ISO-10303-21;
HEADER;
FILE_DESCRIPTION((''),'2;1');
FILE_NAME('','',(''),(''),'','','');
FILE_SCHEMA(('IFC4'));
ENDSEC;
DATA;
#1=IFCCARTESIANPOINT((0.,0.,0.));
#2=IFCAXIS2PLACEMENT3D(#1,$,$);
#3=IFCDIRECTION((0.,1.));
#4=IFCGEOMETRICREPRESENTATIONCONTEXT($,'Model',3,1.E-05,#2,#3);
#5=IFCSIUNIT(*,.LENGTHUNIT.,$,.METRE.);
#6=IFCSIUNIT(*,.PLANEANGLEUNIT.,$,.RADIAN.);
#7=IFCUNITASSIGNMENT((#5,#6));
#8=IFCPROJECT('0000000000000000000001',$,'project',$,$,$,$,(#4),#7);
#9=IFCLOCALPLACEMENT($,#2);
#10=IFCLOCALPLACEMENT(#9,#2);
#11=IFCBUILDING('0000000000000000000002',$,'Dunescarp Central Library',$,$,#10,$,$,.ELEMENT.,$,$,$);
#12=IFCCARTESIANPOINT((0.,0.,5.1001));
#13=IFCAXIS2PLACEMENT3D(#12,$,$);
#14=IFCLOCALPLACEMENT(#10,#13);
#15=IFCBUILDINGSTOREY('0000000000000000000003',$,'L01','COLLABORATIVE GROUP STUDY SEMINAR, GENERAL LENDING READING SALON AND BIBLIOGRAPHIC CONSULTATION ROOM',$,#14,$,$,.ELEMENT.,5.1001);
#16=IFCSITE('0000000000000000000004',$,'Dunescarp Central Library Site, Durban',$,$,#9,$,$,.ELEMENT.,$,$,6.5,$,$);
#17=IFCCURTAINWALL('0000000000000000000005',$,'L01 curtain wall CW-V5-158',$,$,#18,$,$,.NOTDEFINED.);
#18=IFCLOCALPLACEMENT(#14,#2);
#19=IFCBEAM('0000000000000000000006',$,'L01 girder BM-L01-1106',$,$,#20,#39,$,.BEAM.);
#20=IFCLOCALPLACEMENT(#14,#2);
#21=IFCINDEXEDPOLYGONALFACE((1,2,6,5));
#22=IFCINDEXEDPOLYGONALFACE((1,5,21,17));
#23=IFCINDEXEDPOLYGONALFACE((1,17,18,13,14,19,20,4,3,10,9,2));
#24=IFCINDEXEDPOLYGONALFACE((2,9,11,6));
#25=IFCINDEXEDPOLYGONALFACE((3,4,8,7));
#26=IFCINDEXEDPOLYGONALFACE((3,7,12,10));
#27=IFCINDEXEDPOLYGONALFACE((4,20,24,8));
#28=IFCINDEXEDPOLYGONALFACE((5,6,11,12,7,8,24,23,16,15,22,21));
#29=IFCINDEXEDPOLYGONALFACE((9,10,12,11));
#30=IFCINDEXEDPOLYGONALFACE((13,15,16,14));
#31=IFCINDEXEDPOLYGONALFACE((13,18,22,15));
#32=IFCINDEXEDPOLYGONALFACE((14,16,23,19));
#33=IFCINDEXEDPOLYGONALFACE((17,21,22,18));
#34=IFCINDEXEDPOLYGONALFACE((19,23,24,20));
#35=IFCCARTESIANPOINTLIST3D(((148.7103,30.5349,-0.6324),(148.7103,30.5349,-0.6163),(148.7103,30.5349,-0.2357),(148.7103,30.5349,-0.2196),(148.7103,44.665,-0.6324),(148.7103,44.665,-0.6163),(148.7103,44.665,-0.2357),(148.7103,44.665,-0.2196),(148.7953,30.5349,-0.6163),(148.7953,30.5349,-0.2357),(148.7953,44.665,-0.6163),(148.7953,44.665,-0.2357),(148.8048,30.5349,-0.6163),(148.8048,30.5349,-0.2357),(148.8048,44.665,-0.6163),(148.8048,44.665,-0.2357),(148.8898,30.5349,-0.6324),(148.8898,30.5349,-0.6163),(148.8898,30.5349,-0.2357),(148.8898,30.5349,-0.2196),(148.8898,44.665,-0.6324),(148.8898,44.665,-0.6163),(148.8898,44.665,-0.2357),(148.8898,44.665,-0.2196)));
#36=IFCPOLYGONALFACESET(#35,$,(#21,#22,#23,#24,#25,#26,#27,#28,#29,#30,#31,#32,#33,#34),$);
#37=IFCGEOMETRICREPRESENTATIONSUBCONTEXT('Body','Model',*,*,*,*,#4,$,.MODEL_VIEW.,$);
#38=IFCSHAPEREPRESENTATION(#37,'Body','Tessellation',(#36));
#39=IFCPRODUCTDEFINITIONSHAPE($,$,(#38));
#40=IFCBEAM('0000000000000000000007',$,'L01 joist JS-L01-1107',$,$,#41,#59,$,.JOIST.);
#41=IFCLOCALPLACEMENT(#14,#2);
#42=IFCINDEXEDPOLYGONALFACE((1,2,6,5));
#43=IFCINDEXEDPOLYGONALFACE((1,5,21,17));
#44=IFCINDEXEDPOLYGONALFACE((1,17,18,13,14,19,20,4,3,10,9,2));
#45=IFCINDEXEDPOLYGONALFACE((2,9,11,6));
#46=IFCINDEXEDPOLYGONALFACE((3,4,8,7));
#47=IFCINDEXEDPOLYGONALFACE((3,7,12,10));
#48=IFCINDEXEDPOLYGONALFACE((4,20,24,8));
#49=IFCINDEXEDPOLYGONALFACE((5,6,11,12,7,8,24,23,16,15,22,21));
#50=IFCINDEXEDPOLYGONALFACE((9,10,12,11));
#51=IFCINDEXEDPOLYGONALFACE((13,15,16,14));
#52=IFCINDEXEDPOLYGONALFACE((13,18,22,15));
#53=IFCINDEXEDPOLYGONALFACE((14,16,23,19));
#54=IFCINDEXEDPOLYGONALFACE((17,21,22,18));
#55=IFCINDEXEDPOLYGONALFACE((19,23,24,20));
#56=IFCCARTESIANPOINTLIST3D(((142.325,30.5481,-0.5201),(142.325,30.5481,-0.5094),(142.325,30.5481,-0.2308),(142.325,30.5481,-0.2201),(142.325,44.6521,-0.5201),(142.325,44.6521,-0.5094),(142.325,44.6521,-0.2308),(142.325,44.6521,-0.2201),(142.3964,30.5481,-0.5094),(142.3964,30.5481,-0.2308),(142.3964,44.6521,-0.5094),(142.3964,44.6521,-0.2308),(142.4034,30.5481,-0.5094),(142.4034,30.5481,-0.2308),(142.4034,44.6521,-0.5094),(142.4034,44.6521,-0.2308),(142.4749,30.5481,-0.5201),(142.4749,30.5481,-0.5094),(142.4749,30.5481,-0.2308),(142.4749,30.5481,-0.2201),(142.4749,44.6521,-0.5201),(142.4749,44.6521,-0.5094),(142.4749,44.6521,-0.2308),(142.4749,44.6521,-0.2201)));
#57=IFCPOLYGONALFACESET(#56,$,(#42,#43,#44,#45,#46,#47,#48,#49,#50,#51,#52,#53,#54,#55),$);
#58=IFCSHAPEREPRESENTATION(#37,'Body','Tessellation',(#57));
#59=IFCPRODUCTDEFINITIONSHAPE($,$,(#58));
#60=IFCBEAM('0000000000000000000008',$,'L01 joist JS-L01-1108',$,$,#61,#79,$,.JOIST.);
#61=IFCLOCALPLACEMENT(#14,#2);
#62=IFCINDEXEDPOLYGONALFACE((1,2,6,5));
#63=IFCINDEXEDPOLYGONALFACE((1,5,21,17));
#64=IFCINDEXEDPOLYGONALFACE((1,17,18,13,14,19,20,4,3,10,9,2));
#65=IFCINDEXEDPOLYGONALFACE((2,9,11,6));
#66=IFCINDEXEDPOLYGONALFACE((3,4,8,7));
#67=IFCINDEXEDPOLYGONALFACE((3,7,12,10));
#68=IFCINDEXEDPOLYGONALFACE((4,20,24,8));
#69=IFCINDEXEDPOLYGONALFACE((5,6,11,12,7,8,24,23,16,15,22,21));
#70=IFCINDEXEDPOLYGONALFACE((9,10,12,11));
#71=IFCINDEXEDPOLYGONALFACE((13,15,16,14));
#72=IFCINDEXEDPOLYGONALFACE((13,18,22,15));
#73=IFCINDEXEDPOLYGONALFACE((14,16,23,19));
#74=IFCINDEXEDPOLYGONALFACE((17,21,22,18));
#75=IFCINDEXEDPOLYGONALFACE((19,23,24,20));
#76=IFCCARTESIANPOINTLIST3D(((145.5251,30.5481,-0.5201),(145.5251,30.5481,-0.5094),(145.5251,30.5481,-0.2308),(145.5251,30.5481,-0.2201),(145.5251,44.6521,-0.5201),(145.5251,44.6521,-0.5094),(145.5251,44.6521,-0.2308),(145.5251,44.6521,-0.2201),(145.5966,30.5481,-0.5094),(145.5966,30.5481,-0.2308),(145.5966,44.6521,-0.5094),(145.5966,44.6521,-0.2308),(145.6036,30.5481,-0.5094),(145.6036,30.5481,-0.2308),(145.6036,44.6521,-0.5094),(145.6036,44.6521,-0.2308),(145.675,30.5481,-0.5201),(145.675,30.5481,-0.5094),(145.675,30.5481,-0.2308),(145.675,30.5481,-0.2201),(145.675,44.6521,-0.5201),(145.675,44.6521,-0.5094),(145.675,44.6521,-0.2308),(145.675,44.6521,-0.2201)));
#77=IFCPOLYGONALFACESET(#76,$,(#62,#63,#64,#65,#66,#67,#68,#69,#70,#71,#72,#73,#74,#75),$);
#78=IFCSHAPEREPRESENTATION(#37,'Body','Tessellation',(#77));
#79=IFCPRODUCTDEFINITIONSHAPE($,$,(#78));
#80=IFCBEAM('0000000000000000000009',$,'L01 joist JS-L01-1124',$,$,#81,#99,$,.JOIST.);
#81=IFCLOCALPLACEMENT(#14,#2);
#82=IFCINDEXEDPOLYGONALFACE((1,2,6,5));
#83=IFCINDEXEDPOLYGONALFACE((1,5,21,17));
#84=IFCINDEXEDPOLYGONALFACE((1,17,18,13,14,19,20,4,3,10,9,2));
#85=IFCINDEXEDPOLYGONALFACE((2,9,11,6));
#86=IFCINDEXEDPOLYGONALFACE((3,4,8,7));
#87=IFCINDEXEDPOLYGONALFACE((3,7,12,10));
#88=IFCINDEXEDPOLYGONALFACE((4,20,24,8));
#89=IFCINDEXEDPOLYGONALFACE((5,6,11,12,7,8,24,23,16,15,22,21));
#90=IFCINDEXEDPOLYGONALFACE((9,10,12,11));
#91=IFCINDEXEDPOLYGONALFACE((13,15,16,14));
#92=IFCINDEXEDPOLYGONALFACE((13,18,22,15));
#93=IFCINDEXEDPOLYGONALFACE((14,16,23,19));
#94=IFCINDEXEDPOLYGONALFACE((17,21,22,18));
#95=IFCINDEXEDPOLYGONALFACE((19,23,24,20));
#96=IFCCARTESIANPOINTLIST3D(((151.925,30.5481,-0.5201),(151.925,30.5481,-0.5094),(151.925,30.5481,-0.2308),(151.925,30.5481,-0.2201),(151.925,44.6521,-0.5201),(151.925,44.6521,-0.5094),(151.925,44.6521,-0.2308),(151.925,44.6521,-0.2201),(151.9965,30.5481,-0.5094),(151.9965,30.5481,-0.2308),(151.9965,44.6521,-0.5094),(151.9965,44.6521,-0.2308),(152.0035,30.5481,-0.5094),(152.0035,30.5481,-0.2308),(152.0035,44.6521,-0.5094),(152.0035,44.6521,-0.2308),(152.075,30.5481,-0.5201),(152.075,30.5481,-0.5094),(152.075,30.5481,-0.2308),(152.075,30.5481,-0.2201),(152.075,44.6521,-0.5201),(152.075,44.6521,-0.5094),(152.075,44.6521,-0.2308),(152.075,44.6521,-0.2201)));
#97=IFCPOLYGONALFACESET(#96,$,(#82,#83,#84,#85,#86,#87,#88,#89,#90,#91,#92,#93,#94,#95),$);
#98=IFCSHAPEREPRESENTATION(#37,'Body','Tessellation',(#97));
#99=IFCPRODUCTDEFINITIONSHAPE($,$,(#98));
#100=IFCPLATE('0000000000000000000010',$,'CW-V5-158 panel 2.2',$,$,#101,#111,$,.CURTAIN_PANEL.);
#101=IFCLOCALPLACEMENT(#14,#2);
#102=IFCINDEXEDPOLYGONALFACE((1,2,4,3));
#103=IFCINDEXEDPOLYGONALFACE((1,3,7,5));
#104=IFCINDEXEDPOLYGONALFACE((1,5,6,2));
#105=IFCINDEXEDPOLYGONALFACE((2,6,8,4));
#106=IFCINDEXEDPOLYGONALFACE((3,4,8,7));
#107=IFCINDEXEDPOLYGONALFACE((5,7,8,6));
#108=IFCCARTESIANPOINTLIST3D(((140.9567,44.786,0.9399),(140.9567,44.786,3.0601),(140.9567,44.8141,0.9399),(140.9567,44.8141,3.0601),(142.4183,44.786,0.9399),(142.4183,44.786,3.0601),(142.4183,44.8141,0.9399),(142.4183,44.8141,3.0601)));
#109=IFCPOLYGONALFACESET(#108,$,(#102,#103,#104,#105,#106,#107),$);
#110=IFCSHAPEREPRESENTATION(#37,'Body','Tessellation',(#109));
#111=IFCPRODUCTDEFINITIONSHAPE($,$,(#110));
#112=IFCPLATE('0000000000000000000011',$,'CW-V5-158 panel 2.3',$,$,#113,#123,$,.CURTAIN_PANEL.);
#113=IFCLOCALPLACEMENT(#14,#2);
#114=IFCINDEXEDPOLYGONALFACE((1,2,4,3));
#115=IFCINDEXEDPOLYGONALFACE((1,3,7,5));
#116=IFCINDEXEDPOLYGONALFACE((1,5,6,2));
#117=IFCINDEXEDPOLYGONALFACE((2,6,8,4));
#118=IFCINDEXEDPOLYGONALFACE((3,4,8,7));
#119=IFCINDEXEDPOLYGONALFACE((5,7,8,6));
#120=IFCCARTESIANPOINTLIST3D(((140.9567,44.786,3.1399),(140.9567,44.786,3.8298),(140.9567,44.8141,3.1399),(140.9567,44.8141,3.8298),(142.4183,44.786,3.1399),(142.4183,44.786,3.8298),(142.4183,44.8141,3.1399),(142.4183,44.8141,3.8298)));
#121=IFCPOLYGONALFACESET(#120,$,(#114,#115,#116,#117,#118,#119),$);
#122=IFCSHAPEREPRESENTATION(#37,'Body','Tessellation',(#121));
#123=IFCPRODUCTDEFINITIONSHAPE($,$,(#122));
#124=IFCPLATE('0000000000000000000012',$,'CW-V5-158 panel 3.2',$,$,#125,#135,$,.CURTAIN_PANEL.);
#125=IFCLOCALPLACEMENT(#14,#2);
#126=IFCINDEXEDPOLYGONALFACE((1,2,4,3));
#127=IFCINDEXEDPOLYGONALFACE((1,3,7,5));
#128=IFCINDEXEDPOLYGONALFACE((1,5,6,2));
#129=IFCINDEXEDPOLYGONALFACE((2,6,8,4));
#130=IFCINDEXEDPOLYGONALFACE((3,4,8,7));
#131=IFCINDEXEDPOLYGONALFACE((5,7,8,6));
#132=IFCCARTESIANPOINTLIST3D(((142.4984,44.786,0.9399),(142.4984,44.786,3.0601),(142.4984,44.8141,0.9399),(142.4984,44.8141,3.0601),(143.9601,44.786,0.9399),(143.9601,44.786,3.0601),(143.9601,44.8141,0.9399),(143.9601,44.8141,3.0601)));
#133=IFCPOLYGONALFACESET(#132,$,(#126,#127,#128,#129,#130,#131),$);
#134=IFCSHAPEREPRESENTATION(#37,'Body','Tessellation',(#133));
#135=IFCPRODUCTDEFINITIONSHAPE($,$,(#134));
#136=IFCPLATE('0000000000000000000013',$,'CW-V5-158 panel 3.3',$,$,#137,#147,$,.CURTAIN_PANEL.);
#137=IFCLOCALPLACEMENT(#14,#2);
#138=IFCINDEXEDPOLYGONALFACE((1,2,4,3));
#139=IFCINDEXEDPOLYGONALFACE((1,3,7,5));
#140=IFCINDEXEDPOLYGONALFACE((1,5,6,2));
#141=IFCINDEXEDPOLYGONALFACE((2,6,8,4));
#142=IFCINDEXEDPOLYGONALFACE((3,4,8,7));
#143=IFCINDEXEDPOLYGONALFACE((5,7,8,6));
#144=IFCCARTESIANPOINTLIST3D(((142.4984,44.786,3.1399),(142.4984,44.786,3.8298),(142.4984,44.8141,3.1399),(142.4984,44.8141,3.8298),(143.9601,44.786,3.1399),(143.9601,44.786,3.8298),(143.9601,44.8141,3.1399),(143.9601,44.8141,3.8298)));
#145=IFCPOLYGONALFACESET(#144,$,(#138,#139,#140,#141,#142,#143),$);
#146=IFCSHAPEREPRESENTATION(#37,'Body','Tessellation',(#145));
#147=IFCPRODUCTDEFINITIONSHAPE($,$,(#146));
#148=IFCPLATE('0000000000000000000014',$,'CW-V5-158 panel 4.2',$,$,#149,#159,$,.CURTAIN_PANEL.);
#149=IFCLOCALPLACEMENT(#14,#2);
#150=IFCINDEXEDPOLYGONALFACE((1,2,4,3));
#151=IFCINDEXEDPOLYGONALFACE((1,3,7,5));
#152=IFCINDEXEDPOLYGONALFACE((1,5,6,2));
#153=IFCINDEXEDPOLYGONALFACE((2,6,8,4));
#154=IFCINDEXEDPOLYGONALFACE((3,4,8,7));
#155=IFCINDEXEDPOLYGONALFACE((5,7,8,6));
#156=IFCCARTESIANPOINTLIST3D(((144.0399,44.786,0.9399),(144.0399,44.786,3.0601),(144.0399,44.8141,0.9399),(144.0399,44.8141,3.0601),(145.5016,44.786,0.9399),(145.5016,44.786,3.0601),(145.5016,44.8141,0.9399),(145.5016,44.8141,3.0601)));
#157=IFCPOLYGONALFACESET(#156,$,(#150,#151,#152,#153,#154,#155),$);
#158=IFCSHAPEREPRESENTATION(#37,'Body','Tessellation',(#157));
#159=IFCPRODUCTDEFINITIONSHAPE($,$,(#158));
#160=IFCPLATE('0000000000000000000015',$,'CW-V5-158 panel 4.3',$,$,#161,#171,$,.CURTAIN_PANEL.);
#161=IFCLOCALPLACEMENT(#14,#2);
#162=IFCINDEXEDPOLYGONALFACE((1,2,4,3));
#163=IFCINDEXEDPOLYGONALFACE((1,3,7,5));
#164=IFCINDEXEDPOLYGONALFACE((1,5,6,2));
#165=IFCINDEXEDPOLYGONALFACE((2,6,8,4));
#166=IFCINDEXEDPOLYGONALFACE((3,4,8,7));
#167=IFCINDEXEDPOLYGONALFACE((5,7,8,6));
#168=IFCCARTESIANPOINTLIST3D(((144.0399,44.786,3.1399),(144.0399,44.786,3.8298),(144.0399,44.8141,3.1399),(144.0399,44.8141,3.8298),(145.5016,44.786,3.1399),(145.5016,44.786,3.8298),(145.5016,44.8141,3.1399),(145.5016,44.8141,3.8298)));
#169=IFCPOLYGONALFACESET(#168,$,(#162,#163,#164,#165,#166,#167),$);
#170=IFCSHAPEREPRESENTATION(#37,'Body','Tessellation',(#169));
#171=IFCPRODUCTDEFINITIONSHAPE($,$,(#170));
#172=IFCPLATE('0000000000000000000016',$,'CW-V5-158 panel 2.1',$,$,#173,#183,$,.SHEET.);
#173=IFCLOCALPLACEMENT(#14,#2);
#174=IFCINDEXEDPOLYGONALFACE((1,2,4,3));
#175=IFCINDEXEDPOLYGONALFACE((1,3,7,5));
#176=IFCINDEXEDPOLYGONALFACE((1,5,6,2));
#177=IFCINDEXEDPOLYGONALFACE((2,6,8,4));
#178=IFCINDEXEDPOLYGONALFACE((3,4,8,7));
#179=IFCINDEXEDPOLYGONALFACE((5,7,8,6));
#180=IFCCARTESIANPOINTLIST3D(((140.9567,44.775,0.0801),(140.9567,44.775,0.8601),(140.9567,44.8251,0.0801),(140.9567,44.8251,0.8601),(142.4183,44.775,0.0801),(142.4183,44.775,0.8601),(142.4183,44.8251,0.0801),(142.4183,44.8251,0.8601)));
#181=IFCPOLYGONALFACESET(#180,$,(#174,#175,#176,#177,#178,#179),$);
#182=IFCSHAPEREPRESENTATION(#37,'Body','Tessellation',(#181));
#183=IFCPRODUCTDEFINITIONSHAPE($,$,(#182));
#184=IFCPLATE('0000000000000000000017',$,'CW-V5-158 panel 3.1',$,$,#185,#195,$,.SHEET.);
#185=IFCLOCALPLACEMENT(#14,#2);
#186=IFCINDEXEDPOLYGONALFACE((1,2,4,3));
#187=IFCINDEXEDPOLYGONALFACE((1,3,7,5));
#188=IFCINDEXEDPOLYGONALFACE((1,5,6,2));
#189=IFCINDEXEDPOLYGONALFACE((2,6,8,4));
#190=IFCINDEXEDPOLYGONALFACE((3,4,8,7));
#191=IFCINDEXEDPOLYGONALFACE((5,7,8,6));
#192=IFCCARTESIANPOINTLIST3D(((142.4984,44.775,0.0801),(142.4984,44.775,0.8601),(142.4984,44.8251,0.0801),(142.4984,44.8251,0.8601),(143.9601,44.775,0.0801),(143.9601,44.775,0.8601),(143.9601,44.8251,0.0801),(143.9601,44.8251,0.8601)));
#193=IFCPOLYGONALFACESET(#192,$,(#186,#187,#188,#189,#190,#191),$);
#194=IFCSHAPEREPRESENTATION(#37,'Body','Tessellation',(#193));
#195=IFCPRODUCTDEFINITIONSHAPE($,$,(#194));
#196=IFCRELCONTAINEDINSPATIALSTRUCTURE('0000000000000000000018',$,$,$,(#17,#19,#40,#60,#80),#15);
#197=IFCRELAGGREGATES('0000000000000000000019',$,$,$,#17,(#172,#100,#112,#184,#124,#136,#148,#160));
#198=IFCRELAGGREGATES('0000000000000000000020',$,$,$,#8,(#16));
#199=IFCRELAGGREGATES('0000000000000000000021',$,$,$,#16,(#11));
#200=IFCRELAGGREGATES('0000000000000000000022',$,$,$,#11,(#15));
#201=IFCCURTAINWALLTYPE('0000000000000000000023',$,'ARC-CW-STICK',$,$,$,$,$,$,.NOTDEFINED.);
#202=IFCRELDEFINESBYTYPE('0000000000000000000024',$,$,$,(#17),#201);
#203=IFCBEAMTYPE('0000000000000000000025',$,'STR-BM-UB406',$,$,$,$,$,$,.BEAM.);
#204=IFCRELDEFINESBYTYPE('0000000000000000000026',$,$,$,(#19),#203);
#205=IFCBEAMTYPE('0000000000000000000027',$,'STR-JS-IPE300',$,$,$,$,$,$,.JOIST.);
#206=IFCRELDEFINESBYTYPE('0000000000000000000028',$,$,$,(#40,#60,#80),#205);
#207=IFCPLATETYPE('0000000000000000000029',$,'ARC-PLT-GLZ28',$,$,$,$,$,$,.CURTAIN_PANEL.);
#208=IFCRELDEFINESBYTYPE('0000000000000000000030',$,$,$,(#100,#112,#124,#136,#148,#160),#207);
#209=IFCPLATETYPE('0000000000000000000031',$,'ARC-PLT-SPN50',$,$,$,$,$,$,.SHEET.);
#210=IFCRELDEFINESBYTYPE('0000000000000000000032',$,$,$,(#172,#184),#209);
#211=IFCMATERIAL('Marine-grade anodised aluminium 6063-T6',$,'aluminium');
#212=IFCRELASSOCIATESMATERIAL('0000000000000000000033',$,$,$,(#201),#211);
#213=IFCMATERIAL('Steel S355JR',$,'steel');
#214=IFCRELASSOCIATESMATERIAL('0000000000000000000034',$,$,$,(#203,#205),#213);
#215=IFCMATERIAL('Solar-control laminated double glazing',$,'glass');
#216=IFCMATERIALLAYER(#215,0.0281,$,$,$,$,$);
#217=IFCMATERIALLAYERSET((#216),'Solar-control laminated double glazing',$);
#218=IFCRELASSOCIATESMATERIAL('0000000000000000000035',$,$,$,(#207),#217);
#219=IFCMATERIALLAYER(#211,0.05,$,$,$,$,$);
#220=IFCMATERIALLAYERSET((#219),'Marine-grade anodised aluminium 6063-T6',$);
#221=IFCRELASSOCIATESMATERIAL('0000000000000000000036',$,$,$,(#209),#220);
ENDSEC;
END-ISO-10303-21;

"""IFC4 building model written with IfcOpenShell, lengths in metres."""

from ifc_helpers import new_model, si_unit, direction, frame, origin, origin_2d, place, context, subcontext, project, spatial, rectangle, i_section, extrude, material, layer, layer_set, material_profile, profile_set, type_object, element, aggregate, save


model = new_model("IFC4")

# Units and contexts
model_context = context("Model", 3, precision=1e-05, world=origin(), true_north=direction((0.0, 1.0)))
body_context = subcontext(model_context, "Body", "Model", "MODEL_VIEW")
ifc_project = project(units=[si_unit("LENGTHUNIT", "METRE"), si_unit("PLANEANGLEUNIT", "RADIAN")], contexts=[model_context])

# Site, building, storey
site_placement = place(None, origin())
site = spatial("IfcSite", under=ifc_project, at=site_placement, Name="Dunescarp Central Library Site, Durban", CompositionType="ELEMENT", RefElevation=6.5)
building_placement = place(site_placement, origin())
building = spatial("IfcBuilding", under=site, at=building_placement, Name="Dunescarp Central Library", CompositionType="ELEMENT")
storey_placement = place(building_placement, frame((0.0, 0.0, 5.1001)))
storey = spatial("IfcBuildingStorey", under=building, at=storey_placement, Name="L01", Description="COLLABORATIVE GROUP STUDY SEMINAR, GENERAL LENDING READING SALON AND BIBLIOGRAPHIC CONSULTATION ROOM", CompositionType="ELEMENT", Elevation=5.1001)

# Shared definitions
ifc_material_1 = material(Name="Steel S355JR", Category="steel")

# Curtain wall
ifc_material_2 = material(Name="Marine-grade anodised aluminium 6063-T6", Category="aluminium")
curtain_wall_type = type_object("IfcCurtainWallType", Name="ARC-CW-STICK", PredefinedType="NOTDEFINED", material=ifc_material_2)
curtain_wall_placement = place(storey_placement, origin())
curtain_wall = element("IfcCurtainWall", 1, at=curtain_wall_placement, inside=storey, type_object=curtain_wall_type, Name="L01 curtain wall CW-V5-158", PredefinedType="NOTDEFINED")

# Beams
ifc_material_profile_1 = material_profile(ifc_material_1, i_section(OverallWidth=0.1794, OverallDepth=0.4128, WebThickness=0.0095, FlangeThickness=0.0161, at=origin_2d()), Name="UB 406x178x74")
ifc_profile_set_1 = profile_set([ifc_material_profile_1], Name="Steel S355JR")
beam_type_1 = type_object("IfcBeamType", Name="STR-BM-UB406", PredefinedType="BEAM", material=ifc_profile_set_1)
beam_1_placement = place(storey_placement, frame((148.8, 30.5349, -0.426), z_axis=(0.0, 1.0, 0.0), x_axis=(-1.0, 0.0, 0.0)))
element("IfcBeam", 2, at=beam_1_placement, inside=storey, type_object=beam_type_1, Name="L01 girder BM-L01-1106", PredefinedType="BEAM", context=body_context, shape_type="SweptSolid", body=[
    extrude(i_section(OverallWidth=0.1794, OverallDepth=0.4128, WebThickness=0.0095, FlangeThickness=0.0161, at=origin_2d()), origin(), (0.0, 0.0, 1.0), 14.1301),
])
ifc_material_profile_2 = material_profile(ifc_material_1, i_section(OverallWidth=0.1499, OverallDepth=0.3, WebThickness=0.0071, FlangeThickness=0.0107, at=origin_2d()), Name="IPE 300")
ifc_profile_set_2 = profile_set([ifc_material_profile_2], Name="Steel S355JR")
beam_type_2 = type_object("IfcBeamType", Name="STR-JS-IPE300", PredefinedType="JOIST", material=ifc_profile_set_2)
for number, where, z_axis, x_axis, name in (
    (3, (142.3999, 30.5481, -0.3701), (0.0, 1.0, 0.0), (-1.0, 0.0, 0.0), "L01 joist JS-L01-1107"),
    (4, (145.6001, 30.5481, -0.3701), (0.0, 1.0, 0.0), (-1.0, 0.0, 0.0), "L01 joist JS-L01-1108"),
    (5, (152.0, 30.5481, -0.3701), (0.0, 1.0, 0.0), (-1.0, 0.0, 0.0), "L01 joist JS-L01-1124"),
):
    element("IfcBeam", number, at=place(storey_placement, frame(where, z_axis=z_axis, x_axis=x_axis)), inside=storey, type_object=beam_type_2, Name=name, PredefinedType="JOIST", context=body_context, shape_type="SweptSolid", body=[
        extrude(i_section(OverallWidth=0.1499, OverallDepth=0.3, WebThickness=0.0071, FlangeThickness=0.0107, at=origin_2d()), origin(), (0.0, 0.0, 1.0), 14.104),
    ])

# Plates
ifc_material_3 = material(Name="Solar-control laminated double glazing", Category="glass")
ifc_layer_1 = layer(ifc_material_3, 0.0281)
ifc_layer_set_1 = layer_set([ifc_layer_1], Name="Solar-control laminated double glazing")
plate_type_1 = type_object("IfcPlateType", Name="ARC-PLT-GLZ28", PredefinedType="CURTAIN_PANEL", material=ifc_layer_set_1)
plate_1_placement = place(storey_placement, frame((141.6875, 44.8, 0.9399), z_axis=(0.0, 0.0, 1.0), x_axis=(1.0, 0.0, 0.0)))
plate_1 = element("IfcPlate", 6, at=plate_1_placement, type_object=plate_type_1, Name="CW-V5-158 panel 2.2", PredefinedType="CURTAIN_PANEL", context=body_context, shape_type="SweptSolid", body=[
    extrude(rectangle(XDim=1.4617, YDim=0.0281, at=origin_2d()), origin(), (0.0, 0.0, 1.0), 2.1201),
])
plate_2_placement = place(storey_placement, frame((141.6875, 44.8, 3.1399), z_axis=(0.0, 0.0, 1.0), x_axis=(1.0, 0.0, 0.0)))
plate_2 = element("IfcPlate", 7, at=plate_2_placement, type_object=plate_type_1, Name="CW-V5-158 panel 2.3", PredefinedType="CURTAIN_PANEL", context=body_context, shape_type="SweptSolid", body=[
    extrude(rectangle(XDim=1.4617, YDim=0.0281, at=origin_2d()), origin(), (0.0, 0.0, 1.0), 0.6899),
])
plate_3_placement = place(storey_placement, frame((143.2292, 44.8, 0.9399), z_axis=(0.0, 0.0, 1.0), x_axis=(1.0, 0.0, 0.0)))
plate_3 = element("IfcPlate", 8, at=plate_3_placement, type_object=plate_type_1, Name="CW-V5-158 panel 3.2", PredefinedType="CURTAIN_PANEL", context=body_context, shape_type="SweptSolid", body=[
    extrude(rectangle(XDim=1.4617, YDim=0.0281, at=origin_2d()), origin(), (0.0, 0.0, 1.0), 2.1201),
])
plate_4_placement = place(storey_placement, frame((143.2292, 44.8, 3.1399), z_axis=(0.0, 0.0, 1.0), x_axis=(1.0, 0.0, 0.0)))
plate_4 = element("IfcPlate", 9, at=plate_4_placement, type_object=plate_type_1, Name="CW-V5-158 panel 3.3", PredefinedType="CURTAIN_PANEL", context=body_context, shape_type="SweptSolid", body=[
    extrude(rectangle(XDim=1.4617, YDim=0.0281, at=origin_2d()), origin(), (0.0, 0.0, 1.0), 0.6899),
])
plate_5_placement = place(storey_placement, frame((144.7708, 44.8, 0.9399), z_axis=(0.0, 0.0, 1.0), x_axis=(1.0, 0.0, 0.0)))
plate_5 = element("IfcPlate", 10, at=plate_5_placement, type_object=plate_type_1, Name="CW-V5-158 panel 4.2", PredefinedType="CURTAIN_PANEL", context=body_context, shape_type="SweptSolid", body=[
    extrude(rectangle(XDim=1.4617, YDim=0.0281, at=origin_2d()), origin(), (0.0, 0.0, 1.0), 2.1201),
])
plate_6_placement = place(storey_placement, frame((144.7708, 44.8, 3.1399), z_axis=(0.0, 0.0, 1.0), x_axis=(1.0, 0.0, 0.0)))
plate_6 = element("IfcPlate", 11, at=plate_6_placement, type_object=plate_type_1, Name="CW-V5-158 panel 4.3", PredefinedType="CURTAIN_PANEL", context=body_context, shape_type="SweptSolid", body=[
    extrude(rectangle(XDim=1.4617, YDim=0.0281, at=origin_2d()), origin(), (0.0, 0.0, 1.0), 0.6899),
])
ifc_layer_2 = layer(ifc_material_2, 0.05)
ifc_layer_set_2 = layer_set([ifc_layer_2], Name="Marine-grade anodised aluminium 6063-T6")
plate_type_2 = type_object("IfcPlateType", Name="ARC-PLT-SPN50", PredefinedType="SHEET", material=ifc_layer_set_2)
plate_7_placement = place(storey_placement, frame((141.6875, 44.8, 0.0801), z_axis=(0.0, 0.0, 1.0), x_axis=(1.0, 0.0, 0.0)))
plate_7 = element("IfcPlate", 12, at=plate_7_placement, type_object=plate_type_2, Name="CW-V5-158 panel 2.1", PredefinedType="SHEET", context=body_context, shape_type="SweptSolid", body=[
    extrude(rectangle(XDim=1.4617, YDim=0.05, at=origin_2d()), origin(), (0.0, 0.0, 1.0), 0.78),
])
plate_8_placement = place(storey_placement, frame((143.2292, 44.8, 0.0801), z_axis=(0.0, 0.0, 1.0), x_axis=(1.0, 0.0, 0.0)))
plate_8 = element("IfcPlate", 13, at=plate_8_placement, type_object=plate_type_2, Name="CW-V5-158 panel 3.1", PredefinedType="SHEET", context=body_context, shape_type="SweptSolid", body=[
    extrude(rectangle(XDim=1.4617, YDim=0.05, at=origin_2d()), origin(), (0.0, 0.0, 1.0), 0.78),
])
aggregate(curtain_wall, [plate_7, plate_1, plate_2, plate_8, plate_3, plate_4, plate_5, plate_6])

save(model, "model.ifc")
